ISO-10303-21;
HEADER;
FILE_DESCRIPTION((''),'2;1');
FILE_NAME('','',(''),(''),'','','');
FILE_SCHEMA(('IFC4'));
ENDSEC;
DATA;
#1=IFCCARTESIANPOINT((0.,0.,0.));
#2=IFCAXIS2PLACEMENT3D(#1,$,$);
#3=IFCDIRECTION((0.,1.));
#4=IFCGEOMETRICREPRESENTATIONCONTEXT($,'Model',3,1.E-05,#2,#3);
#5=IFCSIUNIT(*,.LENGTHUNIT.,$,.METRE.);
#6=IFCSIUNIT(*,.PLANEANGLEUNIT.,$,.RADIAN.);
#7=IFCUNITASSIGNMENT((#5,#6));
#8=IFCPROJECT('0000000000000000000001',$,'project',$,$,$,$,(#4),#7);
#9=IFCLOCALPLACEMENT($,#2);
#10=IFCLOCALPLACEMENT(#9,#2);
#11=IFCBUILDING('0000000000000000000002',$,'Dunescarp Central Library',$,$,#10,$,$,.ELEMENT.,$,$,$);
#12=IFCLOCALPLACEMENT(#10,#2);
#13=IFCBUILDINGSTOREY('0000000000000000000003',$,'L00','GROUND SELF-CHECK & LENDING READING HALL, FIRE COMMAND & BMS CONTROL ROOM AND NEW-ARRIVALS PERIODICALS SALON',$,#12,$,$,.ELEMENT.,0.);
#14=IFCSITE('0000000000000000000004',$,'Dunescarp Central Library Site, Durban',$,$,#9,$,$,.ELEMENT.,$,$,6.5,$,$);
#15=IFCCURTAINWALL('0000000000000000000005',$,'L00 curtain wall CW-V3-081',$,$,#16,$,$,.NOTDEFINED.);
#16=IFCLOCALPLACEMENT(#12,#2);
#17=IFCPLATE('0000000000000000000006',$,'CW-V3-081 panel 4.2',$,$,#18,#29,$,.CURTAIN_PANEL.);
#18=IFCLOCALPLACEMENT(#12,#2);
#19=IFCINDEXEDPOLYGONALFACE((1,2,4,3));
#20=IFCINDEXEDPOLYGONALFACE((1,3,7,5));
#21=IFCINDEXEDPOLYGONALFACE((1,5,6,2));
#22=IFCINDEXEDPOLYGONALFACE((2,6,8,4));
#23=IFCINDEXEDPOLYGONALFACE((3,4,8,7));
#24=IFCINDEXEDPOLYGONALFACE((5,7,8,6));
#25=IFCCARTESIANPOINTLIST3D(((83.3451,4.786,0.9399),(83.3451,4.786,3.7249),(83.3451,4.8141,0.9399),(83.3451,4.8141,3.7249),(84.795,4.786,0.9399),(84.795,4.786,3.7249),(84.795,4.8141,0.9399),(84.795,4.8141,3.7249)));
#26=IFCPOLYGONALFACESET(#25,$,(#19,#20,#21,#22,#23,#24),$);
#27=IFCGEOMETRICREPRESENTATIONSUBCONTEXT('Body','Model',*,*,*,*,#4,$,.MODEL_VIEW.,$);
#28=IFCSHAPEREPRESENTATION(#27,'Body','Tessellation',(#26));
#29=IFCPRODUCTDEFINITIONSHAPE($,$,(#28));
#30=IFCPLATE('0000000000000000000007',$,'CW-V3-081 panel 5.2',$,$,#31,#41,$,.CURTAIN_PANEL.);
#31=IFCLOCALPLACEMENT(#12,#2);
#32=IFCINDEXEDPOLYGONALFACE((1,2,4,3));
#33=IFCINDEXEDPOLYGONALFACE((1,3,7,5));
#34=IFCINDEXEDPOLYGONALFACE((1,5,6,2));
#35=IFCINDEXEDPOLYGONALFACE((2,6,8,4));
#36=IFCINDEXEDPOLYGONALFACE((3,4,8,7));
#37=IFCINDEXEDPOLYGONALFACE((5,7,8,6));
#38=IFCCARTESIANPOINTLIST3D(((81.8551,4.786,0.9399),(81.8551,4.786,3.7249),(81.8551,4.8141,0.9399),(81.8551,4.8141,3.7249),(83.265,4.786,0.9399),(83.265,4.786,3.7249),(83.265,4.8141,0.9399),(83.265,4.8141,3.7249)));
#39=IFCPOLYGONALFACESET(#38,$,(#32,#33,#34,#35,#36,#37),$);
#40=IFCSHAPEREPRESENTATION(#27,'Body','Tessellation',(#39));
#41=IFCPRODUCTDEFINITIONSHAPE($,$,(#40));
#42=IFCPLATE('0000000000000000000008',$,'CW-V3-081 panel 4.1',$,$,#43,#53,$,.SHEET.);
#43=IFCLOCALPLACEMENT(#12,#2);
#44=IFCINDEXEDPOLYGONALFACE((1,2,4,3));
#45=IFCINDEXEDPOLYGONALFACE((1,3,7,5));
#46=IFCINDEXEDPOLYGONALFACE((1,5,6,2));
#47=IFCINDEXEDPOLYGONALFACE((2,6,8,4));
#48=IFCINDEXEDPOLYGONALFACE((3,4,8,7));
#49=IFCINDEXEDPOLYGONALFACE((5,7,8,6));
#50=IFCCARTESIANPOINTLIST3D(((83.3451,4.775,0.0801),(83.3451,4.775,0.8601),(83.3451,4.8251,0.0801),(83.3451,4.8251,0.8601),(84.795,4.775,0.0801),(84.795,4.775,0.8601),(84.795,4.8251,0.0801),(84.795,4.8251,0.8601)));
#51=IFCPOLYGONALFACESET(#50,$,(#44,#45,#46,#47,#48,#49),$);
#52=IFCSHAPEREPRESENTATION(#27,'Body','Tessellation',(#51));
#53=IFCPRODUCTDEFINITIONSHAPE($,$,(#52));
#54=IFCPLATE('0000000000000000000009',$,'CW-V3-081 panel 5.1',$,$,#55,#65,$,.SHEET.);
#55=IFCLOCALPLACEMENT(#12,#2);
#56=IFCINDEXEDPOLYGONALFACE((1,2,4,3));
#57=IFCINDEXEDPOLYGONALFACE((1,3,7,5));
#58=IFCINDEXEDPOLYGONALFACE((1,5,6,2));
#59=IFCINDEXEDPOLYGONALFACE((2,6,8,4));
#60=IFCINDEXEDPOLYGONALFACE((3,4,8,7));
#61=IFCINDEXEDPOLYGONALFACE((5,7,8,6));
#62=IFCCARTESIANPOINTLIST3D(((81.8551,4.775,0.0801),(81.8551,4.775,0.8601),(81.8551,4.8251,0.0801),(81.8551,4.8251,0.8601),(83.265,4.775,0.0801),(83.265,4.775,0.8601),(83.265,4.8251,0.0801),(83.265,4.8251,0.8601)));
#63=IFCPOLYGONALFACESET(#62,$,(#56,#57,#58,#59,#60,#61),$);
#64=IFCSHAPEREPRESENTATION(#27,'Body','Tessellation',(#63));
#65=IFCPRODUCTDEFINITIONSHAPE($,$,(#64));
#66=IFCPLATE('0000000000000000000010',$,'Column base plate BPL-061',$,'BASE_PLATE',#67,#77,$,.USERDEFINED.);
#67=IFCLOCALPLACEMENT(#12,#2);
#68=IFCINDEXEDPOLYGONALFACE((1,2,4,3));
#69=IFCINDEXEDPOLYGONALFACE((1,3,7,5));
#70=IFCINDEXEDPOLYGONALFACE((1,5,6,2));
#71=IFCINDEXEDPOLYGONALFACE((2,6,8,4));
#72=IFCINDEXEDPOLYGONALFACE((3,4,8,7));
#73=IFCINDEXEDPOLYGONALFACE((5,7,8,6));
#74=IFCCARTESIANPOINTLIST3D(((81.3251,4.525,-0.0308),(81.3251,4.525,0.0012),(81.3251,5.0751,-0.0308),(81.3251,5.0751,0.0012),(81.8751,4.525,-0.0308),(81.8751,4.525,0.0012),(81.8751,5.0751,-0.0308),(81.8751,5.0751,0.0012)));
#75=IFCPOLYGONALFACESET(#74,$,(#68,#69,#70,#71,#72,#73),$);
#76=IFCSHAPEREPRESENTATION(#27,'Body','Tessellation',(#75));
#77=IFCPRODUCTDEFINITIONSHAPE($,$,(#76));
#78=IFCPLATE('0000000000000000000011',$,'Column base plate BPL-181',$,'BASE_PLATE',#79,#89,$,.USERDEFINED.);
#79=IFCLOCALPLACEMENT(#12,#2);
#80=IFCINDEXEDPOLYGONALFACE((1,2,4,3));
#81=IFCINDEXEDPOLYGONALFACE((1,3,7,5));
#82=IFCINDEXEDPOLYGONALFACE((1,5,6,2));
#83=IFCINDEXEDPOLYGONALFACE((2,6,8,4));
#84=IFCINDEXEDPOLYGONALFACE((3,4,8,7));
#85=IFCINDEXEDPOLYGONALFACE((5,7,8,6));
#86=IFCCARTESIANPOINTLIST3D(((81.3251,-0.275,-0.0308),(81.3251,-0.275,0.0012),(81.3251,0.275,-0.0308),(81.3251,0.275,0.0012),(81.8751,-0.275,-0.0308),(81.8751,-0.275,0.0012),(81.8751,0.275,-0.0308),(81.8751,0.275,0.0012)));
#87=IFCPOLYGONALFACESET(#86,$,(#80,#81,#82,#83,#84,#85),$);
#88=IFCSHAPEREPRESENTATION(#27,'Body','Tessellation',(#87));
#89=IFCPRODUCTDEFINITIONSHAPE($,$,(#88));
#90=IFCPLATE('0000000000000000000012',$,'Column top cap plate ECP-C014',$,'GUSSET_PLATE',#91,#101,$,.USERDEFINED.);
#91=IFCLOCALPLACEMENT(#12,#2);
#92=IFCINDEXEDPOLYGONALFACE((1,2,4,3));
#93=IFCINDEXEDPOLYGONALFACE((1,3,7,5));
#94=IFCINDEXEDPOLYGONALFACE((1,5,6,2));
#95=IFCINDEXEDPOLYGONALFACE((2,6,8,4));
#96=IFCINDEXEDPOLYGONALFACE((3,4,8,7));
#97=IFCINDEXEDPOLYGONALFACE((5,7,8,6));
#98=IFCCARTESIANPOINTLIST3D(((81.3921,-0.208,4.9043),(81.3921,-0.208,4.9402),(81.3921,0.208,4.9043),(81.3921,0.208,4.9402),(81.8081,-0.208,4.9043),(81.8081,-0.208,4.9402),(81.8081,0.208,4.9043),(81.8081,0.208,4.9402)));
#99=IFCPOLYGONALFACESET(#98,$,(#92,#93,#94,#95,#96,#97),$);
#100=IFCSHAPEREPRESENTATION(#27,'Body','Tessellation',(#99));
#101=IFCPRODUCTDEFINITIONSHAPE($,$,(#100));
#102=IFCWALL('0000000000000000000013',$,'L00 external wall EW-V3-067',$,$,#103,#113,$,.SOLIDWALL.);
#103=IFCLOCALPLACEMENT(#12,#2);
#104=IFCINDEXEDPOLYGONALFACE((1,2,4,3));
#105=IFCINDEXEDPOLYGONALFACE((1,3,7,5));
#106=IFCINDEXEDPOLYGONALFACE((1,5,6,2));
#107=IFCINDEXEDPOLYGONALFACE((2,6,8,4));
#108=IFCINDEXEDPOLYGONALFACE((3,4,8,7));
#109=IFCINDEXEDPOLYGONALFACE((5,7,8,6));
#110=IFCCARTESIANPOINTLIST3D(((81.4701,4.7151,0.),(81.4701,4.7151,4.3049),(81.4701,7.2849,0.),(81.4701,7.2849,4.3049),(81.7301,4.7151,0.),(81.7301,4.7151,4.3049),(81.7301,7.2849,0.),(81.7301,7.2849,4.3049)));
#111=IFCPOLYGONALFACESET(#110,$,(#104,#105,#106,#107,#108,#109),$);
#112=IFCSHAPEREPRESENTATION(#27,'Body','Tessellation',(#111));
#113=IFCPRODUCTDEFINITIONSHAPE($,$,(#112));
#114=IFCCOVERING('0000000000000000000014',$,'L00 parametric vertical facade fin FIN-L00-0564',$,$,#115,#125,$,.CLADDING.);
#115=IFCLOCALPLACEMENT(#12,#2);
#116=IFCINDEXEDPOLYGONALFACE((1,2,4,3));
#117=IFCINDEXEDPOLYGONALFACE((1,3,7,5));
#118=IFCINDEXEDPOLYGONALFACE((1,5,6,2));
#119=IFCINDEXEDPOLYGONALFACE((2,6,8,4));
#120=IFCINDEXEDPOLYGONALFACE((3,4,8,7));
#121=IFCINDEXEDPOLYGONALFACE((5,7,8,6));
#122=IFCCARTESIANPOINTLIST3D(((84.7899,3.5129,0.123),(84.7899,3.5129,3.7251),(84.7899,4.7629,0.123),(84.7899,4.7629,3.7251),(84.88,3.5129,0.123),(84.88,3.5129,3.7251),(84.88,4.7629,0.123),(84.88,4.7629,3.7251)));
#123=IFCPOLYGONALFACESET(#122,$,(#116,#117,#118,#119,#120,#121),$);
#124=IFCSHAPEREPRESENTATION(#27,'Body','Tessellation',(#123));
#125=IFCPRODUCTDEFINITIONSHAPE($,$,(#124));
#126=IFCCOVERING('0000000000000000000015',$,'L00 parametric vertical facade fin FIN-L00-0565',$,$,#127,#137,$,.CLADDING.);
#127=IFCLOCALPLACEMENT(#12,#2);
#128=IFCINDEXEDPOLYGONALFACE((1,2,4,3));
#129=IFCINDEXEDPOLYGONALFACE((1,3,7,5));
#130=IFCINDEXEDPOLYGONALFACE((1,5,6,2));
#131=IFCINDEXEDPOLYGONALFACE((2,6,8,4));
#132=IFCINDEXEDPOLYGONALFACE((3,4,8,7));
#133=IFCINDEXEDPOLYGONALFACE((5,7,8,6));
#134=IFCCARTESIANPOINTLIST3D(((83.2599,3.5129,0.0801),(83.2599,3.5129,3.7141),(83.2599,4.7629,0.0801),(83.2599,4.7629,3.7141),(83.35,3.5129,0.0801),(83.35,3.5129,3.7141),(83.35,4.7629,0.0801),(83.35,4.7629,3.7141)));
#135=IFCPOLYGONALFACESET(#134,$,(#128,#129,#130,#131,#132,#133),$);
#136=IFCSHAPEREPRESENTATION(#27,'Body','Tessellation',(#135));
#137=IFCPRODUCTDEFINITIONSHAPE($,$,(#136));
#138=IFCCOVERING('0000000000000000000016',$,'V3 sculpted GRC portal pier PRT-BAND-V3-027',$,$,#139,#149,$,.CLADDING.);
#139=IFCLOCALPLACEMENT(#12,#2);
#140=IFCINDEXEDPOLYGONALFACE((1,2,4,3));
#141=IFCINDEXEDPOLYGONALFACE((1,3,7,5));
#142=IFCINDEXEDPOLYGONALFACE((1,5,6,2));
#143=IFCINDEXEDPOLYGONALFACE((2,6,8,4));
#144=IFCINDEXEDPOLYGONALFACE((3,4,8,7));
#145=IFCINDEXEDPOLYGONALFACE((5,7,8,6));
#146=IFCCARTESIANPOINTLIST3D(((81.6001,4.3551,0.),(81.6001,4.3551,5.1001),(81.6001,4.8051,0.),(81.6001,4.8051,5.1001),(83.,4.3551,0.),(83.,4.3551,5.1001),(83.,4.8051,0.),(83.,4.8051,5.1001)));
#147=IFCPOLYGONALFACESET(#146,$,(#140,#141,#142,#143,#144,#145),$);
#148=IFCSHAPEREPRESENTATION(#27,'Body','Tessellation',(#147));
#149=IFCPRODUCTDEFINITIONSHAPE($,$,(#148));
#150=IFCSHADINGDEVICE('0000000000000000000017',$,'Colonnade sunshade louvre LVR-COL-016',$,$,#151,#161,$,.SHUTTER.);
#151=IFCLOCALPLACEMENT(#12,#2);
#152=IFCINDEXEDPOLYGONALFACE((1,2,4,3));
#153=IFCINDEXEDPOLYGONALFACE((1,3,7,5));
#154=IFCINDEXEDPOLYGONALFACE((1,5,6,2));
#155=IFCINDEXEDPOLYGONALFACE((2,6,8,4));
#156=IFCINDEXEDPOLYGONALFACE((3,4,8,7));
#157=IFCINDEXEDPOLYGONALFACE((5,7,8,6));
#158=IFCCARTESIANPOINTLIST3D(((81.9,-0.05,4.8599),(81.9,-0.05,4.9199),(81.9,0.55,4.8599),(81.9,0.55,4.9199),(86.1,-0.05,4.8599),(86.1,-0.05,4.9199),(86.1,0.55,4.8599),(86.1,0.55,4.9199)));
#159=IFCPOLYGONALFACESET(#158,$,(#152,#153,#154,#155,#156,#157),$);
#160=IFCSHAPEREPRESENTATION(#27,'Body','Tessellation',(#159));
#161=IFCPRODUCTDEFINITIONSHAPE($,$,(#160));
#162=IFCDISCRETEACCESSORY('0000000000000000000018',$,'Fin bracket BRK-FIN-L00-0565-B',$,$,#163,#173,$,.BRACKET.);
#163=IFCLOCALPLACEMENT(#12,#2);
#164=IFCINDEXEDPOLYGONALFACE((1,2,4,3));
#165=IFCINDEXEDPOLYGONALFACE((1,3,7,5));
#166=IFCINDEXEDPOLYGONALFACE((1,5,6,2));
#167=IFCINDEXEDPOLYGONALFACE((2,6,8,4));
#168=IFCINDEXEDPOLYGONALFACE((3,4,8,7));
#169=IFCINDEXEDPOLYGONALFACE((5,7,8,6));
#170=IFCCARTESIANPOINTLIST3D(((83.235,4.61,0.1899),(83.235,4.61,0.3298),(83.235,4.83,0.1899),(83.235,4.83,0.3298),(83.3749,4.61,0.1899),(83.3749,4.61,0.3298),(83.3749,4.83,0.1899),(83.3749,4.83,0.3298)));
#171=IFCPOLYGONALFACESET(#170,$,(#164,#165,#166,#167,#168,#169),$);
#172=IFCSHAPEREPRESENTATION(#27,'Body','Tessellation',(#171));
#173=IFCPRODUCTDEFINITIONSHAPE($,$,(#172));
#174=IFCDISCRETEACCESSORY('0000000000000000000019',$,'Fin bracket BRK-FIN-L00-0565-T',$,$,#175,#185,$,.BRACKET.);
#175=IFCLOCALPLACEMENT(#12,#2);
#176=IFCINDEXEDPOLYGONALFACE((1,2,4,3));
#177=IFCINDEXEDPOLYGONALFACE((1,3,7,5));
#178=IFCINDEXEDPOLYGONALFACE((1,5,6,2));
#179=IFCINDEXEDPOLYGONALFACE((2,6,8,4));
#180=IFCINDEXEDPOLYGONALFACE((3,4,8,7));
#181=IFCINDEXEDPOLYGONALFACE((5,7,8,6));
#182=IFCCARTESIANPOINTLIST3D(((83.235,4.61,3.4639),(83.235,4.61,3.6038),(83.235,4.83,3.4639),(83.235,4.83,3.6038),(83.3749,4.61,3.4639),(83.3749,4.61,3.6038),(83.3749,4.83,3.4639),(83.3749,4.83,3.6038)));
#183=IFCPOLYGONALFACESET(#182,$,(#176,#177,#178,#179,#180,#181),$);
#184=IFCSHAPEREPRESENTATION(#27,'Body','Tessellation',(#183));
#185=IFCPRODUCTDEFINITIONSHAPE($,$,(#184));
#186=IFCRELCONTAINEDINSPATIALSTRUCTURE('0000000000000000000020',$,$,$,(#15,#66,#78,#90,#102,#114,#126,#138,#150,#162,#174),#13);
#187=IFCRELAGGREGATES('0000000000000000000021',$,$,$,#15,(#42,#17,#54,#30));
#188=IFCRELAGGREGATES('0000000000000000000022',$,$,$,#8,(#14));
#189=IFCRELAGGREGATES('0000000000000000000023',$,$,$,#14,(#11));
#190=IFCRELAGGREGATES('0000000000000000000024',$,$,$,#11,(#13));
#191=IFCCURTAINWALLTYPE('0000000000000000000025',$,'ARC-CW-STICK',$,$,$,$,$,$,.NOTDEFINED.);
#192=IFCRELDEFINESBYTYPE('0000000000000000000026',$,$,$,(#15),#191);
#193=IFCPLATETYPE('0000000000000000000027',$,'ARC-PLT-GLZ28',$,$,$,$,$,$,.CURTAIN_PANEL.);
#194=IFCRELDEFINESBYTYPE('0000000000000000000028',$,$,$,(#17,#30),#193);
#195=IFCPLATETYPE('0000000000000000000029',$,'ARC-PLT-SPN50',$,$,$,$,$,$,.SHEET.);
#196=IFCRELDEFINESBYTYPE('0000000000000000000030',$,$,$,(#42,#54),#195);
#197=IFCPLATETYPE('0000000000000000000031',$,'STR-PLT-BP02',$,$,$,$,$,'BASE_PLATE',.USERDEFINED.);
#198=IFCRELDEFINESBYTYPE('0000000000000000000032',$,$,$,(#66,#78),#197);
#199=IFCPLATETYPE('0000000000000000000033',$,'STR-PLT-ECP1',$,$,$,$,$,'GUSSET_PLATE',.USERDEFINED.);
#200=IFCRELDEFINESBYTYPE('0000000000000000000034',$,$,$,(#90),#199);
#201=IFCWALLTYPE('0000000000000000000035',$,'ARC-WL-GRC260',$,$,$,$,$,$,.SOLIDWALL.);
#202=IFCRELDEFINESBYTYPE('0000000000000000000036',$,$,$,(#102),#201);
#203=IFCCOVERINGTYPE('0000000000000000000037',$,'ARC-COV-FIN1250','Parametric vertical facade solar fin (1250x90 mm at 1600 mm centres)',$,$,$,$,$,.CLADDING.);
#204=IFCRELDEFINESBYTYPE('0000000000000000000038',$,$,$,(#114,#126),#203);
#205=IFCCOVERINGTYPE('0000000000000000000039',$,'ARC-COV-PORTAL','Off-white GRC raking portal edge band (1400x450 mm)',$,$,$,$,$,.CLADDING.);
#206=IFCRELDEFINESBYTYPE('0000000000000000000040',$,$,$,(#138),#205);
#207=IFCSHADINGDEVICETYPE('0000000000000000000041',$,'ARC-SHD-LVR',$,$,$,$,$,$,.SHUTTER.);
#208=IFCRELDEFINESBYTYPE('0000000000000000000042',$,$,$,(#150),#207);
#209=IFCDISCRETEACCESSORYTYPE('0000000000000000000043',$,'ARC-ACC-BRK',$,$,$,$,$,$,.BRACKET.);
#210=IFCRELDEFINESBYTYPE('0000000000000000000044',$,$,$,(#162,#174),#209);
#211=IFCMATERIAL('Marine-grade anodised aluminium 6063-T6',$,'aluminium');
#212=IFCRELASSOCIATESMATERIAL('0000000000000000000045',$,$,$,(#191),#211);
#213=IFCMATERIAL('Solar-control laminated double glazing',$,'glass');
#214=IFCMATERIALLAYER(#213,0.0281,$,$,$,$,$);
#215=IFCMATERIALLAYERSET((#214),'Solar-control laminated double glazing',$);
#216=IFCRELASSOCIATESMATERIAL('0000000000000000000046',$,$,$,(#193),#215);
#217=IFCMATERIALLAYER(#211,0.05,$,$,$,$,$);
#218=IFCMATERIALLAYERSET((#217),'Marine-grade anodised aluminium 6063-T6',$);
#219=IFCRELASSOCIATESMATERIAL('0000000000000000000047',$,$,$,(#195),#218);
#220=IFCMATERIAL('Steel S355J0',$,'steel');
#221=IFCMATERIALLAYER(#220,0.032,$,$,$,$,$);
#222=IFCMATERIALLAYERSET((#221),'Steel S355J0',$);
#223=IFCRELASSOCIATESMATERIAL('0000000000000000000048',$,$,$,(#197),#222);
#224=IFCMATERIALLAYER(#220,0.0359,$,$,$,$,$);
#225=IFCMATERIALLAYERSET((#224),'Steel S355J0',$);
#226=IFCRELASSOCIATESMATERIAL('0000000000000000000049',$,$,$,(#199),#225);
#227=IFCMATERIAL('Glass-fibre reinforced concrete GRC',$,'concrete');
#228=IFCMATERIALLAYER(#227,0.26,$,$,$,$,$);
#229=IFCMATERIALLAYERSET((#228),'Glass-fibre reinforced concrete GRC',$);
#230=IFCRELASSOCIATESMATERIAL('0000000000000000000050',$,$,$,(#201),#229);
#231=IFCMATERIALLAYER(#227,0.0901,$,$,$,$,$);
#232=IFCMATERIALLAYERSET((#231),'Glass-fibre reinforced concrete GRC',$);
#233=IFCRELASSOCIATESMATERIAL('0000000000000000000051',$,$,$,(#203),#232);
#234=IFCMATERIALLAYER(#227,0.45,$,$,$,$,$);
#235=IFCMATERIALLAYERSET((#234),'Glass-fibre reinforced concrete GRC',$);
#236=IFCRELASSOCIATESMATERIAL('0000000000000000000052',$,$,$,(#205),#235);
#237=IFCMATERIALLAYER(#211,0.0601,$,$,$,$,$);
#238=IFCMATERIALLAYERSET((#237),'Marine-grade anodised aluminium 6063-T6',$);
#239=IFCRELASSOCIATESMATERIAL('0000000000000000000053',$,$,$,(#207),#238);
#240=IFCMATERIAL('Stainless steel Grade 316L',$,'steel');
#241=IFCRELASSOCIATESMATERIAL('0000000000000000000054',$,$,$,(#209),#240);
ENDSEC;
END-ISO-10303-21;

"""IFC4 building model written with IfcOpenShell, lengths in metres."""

from ifc_helpers import new_model, si_unit, direction, frame, frame_2d, origin, origin_2d, place, context, subcontext, project, spatial, rectangle, extrude, material, layer, layer_set, type_object, element, aggregate, save


model = new_model("IFC4")

# Units and contexts
model_context = context("Model", 3, precision=1e-05, world=origin(), true_north=direction((0.0, 1.0)))
body_context = subcontext(model_context, "Body", "Model", "MODEL_VIEW")
ifc_project = project(units=[si_unit("LENGTHUNIT", "METRE"), si_unit("PLANEANGLEUNIT", "RADIAN")], contexts=[model_context])

# Site, building, storey
site_placement = place(None, origin())
site = spatial("IfcSite", under=ifc_project, at=site_placement, Name="Dunescarp Central Library Site, Durban", CompositionType="ELEMENT", RefElevation=6.5)
building_placement = place(site_placement, origin())
building = spatial("IfcBuilding", under=site, at=building_placement, Name="Dunescarp Central Library", CompositionType="ELEMENT")
storey_placement = place(building_placement, origin())
storey = spatial("IfcBuildingStorey", under=building, at=storey_placement, Name="L00", Description="GROUND SELF-CHECK & LENDING READING HALL, FIRE COMMAND & BMS CONTROL ROOM AND NEW-ARRIVALS PERIODICALS SALON", CompositionType="ELEMENT", Elevation=0.0)

# Shared definitions
ifc_material_1 = material(Name="Steel S355J0", Category="steel")

# Curtain wall, plates
ifc_material_2 = material(Name="Marine-grade anodised aluminium 6063-T6", Category="aluminium")
curtain_wall_type = type_object("IfcCurtainWallType", Name="ARC-CW-STICK", PredefinedType="NOTDEFINED", material=ifc_material_2)
curtain_wall_placement = place(storey_placement, origin())
curtain_wall = element("IfcCurtainWall", 1, at=curtain_wall_placement, inside=storey, type_object=curtain_wall_type, Name="L00 curtain wall CW-V3-081", PredefinedType="NOTDEFINED")
ifc_material_3 = material(Name="Solar-control laminated double glazing", Category="glass")
ifc_layer_1 = layer(ifc_material_3, 0.0281)
ifc_layer_set_1 = layer_set([ifc_layer_1], Name="Solar-control laminated double glazing")
plate_type_1 = type_object("IfcPlateType", Name="ARC-PLT-GLZ28", PredefinedType="CURTAIN_PANEL", material=ifc_layer_set_1)
plate_1_placement = place(storey_placement, frame((84.0701, 4.8, 0.9399), z_axis=(0.0, 0.0, 1.0), x_axis=(-1.0, 0.0, 0.0)))
plate_1 = element("IfcPlate", 2, at=plate_1_placement, type_object=plate_type_1, Name="CW-V3-081 panel 4.2", PredefinedType="CURTAIN_PANEL", context=body_context, shape_type="SweptSolid", body=[
    extrude(rectangle(XDim=1.45, YDim=0.0281, at=origin_2d()), origin(), (0.0, 0.0, 1.0), 2.7849),
])
plate_2_placement = place(storey_placement, frame((82.5601, 4.8, 0.9399), z_axis=(0.0, 0.0, 1.0), x_axis=(-1.0, 0.0, 0.0)))
plate_2 = element("IfcPlate", 3, at=plate_2_placement, type_object=plate_type_1, Name="CW-V3-081 panel 5.2", PredefinedType="CURTAIN_PANEL", context=body_context, shape_type="SweptSolid", body=[
    extrude(rectangle(XDim=1.4099, YDim=0.0281, at=origin_2d()), origin(), (0.0, 0.0, 1.0), 2.7849),
])
ifc_layer_2 = layer(ifc_material_2, 0.05)
ifc_layer_set_2 = layer_set([ifc_layer_2], Name="Marine-grade anodised aluminium 6063-T6")
plate_type_2 = type_object("IfcPlateType", Name="ARC-PLT-SPN50", PredefinedType="SHEET", material=ifc_layer_set_2)
plate_3_placement = place(storey_placement, frame((84.0701, 4.8, 0.0801), z_axis=(0.0, 0.0, 1.0), x_axis=(-1.0, 0.0, 0.0)))
plate_3 = element("IfcPlate", 4, at=plate_3_placement, type_object=plate_type_2, Name="CW-V3-081 panel 4.1", PredefinedType="SHEET", context=body_context, shape_type="SweptSolid", body=[
    extrude(rectangle(XDim=1.45, YDim=0.05, at=origin_2d()), origin(), (0.0, 0.0, 1.0), 0.78),
])
plate_4_placement = place(storey_placement, frame((82.5601, 4.8, 0.0801), z_axis=(0.0, 0.0, 1.0), x_axis=(-1.0, 0.0, 0.0)))
plate_4 = element("IfcPlate", 5, at=plate_4_placement, type_object=plate_type_2, Name="CW-V3-081 panel 5.1", PredefinedType="SHEET", context=body_context, shape_type="SweptSolid", body=[
    extrude(rectangle(XDim=1.4099, YDim=0.05, at=origin_2d()), origin(), (0.0, 0.0, 1.0), 0.78),
])
aggregate(curtain_wall, [plate_3, plate_1, plate_4, plate_2])

# Plates
ifc_layer_3 = layer(ifc_material_1, 0.032)
ifc_layer_set_3 = layer_set([ifc_layer_3], Name="Steel S355J0")
plate_type_3 = type_object("IfcPlateType", Name="STR-PLT-BP02", ElementType="BASE_PLATE", PredefinedType="USERDEFINED", material=ifc_layer_set_3)
for number, where, z_axis, x_axis, name in (
    (6, (81.6001, 4.8, -0.0308), (0.0, 0.0, 1.0), (1.0, 0.0, 0.0), "Column base plate BPL-061"),
    (7, (81.6001, 0.0, -0.0308), (0.0, 0.0, 1.0), (1.0, 0.0, 0.0), "Column base plate BPL-181"),
):
    element("IfcPlate", number, at=place(storey_placement, frame(where, z_axis=z_axis, x_axis=x_axis)), inside=storey, type_object=plate_type_3, Name=name, ObjectType="BASE_PLATE", PredefinedType="USERDEFINED", context=body_context, shape_type="SweptSolid", body=[
        extrude(rectangle(XDim=0.55, YDim=0.55, at=origin_2d()), origin(), (0.0, 0.0, 1.0), 0.032),
    ])
ifc_layer_4 = layer(ifc_material_1, 0.0359)
ifc_layer_set_4 = layer_set([ifc_layer_4], Name="Steel S355J0")
plate_type_4 = type_object("IfcPlateType", Name="STR-PLT-ECP1", ElementType="GUSSET_PLATE", PredefinedType="USERDEFINED", material=ifc_layer_set_4)
plate_5_placement = place(storey_placement, frame((81.6001, 0.0, 4.9043), z_axis=(0.0, 0.0, 1.0), x_axis=(1.0, 0.0, 0.0)))
element("IfcPlate", 8, at=plate_5_placement, inside=storey, type_object=plate_type_4, Name="Column top cap plate ECP-C014", ObjectType="GUSSET_PLATE", PredefinedType="USERDEFINED", context=body_context, shape_type="SweptSolid", body=[
    extrude(rectangle(XDim=0.416, YDim=0.416, at=origin_2d()), origin(), (0.0, 0.0, 1.0), 0.0359),
])

# Wall
ifc_material_4 = material(Name="Glass-fibre reinforced concrete GRC", Category="concrete")
ifc_layer_5 = layer(ifc_material_4, 0.26)
ifc_layer_set_5 = layer_set([ifc_layer_5], Name="Glass-fibre reinforced concrete GRC")
wall_type = type_object("IfcWallType", Name="ARC-WL-GRC260", PredefinedType="SOLIDWALL", material=ifc_layer_set_5)
wall_placement = place(storey_placement, frame((81.6001, 4.7151, 0.0), z_axis=(0.0, 0.0, 1.0), x_axis=(0.0, 1.0, 0.0)))
element("IfcWall", 9, at=wall_placement, inside=storey, type_object=wall_type, Name="L00 external wall EW-V3-067", PredefinedType="SOLIDWALL", context=body_context, shape_type="SweptSolid", body=[
    extrude(rectangle(XDim=2.5698, YDim=0.26, at=frame_2d((1.2849, 0.0))), origin(), (0.0, 0.0, 1.0), 4.3049),
])

# Coverings
ifc_layer_6 = layer(ifc_material_4, 0.0901)
ifc_layer_set_6 = layer_set([ifc_layer_6], Name="Glass-fibre reinforced concrete GRC")
covering_type_1 = type_object("IfcCoveringType", Name="ARC-COV-FIN1250", Description="Parametric vertical facade solar fin (1250x90 mm at 1600 mm centres)", PredefinedType="CLADDING", material=ifc_layer_set_6)
covering_1_placement = place(storey_placement, frame((84.835, 4.1379, 0.123), z_axis=(0.0, 0.0, 1.0), x_axis=(0.0, -1.0, 0.0)))
element("IfcCovering", 10, at=covering_1_placement, inside=storey, type_object=covering_type_1, Name="L00 parametric vertical facade fin FIN-L00-0564", PredefinedType="CLADDING", context=body_context, shape_type="SweptSolid", body=[
    extrude(rectangle(XDim=1.25, YDim=0.0901, at=origin_2d()), origin(), (0.0, 0.0, 1.0), 3.6021),
])
covering_2_placement = place(storey_placement, frame((83.3049, 4.1379, 0.0801), z_axis=(0.0, 0.0, 1.0), x_axis=(0.0, -1.0, 0.0)))
element("IfcCovering", 11, at=covering_2_placement, inside=storey, type_object=covering_type_1, Name="L00 parametric vertical facade fin FIN-L00-0565", PredefinedType="CLADDING", context=body_context, shape_type="SweptSolid", body=[
    extrude(rectangle(XDim=1.25, YDim=0.0901, at=origin_2d()), origin(), (0.0, 0.0, 1.0), 3.634),
])
ifc_layer_7 = layer(ifc_material_4, 0.45)
ifc_layer_set_7 = layer_set([ifc_layer_7], Name="Glass-fibre reinforced concrete GRC")
covering_type_2 = type_object("IfcCoveringType", Name="ARC-COV-PORTAL", Description="Off-white GRC raking portal edge band (1400x450 mm)", PredefinedType="CLADDING", material=ifc_layer_set_7)
covering_3_placement = place(storey_placement, frame((82.3, 4.5801, 0.0), z_axis=(0.0, 0.0, 1.0), x_axis=(1.0, 0.0, 0.0)))
element("IfcCovering", 12, at=covering_3_placement, inside=storey, type_object=covering_type_2, Name="V3 sculpted GRC portal pier PRT-BAND-V3-027", PredefinedType="CLADDING", context=body_context, shape_type="SweptSolid", body=[
    extrude(rectangle(XDim=1.3999, YDim=0.45, at=origin_2d()), origin(), (0.0, 0.0, 1.0), 5.1001),
])

# Shading device
ifc_layer_8 = layer(ifc_material_2, 0.0601)
ifc_layer_set_8 = layer_set([ifc_layer_8], Name="Marine-grade anodised aluminium 6063-T6")
shading_device_type = type_object("IfcShadingDeviceType", Name="ARC-SHD-LVR", PredefinedType="SHUTTER", material=ifc_layer_set_8)
shading_device_placement = place(storey_placement, frame((84.0, 0.25, 4.8599), z_axis=(0.0, 0.0, 1.0), x_axis=(1.0, 0.0, 0.0)))
element("IfcShadingDevice", 13, at=shading_device_placement, inside=storey, type_object=shading_device_type, Name="Colonnade sunshade louvre LVR-COL-016", PredefinedType="SHUTTER", context=body_context, shape_type="SweptSolid", body=[
    extrude(rectangle(XDim=4.2, YDim=0.6001, at=origin_2d()), origin(), (0.0, 0.0, 1.0), 0.0601),
])

# Discrete accessories
ifc_material_5 = material(Name="Stainless steel Grade 316L", Category="steel")
discrete_accessory_type = type_object("IfcDiscreteAccessoryType", Name="ARC-ACC-BRK", PredefinedType="BRACKET", material=ifc_material_5)
for number, where, z_axis, x_axis, name in (
    (14, (83.3049, 4.72, 0.1899), (0.0, 0.0, 1.0), (0.0, -1.0, 0.0), "Fin bracket BRK-FIN-L00-0565-B"),
    (15, (83.3049, 4.72, 3.4639), (0.0, 0.0, 1.0), (0.0, -1.0, 0.0), "Fin bracket BRK-FIN-L00-0565-T"),
):
    element("IfcDiscreteAccessory", number, at=place(storey_placement, frame(where, z_axis=z_axis, x_axis=x_axis)), inside=storey, type_object=discrete_accessory_type, Name=name, PredefinedType="BRACKET", context=body_context, shape_type="SweptSolid", body=[
        extrude(rectangle(XDim=0.22, YDim=0.1399, at=origin_2d()), origin(), (0.0, 0.0, 1.0), 0.1399),
    ])

save(model, "model.ifc")
